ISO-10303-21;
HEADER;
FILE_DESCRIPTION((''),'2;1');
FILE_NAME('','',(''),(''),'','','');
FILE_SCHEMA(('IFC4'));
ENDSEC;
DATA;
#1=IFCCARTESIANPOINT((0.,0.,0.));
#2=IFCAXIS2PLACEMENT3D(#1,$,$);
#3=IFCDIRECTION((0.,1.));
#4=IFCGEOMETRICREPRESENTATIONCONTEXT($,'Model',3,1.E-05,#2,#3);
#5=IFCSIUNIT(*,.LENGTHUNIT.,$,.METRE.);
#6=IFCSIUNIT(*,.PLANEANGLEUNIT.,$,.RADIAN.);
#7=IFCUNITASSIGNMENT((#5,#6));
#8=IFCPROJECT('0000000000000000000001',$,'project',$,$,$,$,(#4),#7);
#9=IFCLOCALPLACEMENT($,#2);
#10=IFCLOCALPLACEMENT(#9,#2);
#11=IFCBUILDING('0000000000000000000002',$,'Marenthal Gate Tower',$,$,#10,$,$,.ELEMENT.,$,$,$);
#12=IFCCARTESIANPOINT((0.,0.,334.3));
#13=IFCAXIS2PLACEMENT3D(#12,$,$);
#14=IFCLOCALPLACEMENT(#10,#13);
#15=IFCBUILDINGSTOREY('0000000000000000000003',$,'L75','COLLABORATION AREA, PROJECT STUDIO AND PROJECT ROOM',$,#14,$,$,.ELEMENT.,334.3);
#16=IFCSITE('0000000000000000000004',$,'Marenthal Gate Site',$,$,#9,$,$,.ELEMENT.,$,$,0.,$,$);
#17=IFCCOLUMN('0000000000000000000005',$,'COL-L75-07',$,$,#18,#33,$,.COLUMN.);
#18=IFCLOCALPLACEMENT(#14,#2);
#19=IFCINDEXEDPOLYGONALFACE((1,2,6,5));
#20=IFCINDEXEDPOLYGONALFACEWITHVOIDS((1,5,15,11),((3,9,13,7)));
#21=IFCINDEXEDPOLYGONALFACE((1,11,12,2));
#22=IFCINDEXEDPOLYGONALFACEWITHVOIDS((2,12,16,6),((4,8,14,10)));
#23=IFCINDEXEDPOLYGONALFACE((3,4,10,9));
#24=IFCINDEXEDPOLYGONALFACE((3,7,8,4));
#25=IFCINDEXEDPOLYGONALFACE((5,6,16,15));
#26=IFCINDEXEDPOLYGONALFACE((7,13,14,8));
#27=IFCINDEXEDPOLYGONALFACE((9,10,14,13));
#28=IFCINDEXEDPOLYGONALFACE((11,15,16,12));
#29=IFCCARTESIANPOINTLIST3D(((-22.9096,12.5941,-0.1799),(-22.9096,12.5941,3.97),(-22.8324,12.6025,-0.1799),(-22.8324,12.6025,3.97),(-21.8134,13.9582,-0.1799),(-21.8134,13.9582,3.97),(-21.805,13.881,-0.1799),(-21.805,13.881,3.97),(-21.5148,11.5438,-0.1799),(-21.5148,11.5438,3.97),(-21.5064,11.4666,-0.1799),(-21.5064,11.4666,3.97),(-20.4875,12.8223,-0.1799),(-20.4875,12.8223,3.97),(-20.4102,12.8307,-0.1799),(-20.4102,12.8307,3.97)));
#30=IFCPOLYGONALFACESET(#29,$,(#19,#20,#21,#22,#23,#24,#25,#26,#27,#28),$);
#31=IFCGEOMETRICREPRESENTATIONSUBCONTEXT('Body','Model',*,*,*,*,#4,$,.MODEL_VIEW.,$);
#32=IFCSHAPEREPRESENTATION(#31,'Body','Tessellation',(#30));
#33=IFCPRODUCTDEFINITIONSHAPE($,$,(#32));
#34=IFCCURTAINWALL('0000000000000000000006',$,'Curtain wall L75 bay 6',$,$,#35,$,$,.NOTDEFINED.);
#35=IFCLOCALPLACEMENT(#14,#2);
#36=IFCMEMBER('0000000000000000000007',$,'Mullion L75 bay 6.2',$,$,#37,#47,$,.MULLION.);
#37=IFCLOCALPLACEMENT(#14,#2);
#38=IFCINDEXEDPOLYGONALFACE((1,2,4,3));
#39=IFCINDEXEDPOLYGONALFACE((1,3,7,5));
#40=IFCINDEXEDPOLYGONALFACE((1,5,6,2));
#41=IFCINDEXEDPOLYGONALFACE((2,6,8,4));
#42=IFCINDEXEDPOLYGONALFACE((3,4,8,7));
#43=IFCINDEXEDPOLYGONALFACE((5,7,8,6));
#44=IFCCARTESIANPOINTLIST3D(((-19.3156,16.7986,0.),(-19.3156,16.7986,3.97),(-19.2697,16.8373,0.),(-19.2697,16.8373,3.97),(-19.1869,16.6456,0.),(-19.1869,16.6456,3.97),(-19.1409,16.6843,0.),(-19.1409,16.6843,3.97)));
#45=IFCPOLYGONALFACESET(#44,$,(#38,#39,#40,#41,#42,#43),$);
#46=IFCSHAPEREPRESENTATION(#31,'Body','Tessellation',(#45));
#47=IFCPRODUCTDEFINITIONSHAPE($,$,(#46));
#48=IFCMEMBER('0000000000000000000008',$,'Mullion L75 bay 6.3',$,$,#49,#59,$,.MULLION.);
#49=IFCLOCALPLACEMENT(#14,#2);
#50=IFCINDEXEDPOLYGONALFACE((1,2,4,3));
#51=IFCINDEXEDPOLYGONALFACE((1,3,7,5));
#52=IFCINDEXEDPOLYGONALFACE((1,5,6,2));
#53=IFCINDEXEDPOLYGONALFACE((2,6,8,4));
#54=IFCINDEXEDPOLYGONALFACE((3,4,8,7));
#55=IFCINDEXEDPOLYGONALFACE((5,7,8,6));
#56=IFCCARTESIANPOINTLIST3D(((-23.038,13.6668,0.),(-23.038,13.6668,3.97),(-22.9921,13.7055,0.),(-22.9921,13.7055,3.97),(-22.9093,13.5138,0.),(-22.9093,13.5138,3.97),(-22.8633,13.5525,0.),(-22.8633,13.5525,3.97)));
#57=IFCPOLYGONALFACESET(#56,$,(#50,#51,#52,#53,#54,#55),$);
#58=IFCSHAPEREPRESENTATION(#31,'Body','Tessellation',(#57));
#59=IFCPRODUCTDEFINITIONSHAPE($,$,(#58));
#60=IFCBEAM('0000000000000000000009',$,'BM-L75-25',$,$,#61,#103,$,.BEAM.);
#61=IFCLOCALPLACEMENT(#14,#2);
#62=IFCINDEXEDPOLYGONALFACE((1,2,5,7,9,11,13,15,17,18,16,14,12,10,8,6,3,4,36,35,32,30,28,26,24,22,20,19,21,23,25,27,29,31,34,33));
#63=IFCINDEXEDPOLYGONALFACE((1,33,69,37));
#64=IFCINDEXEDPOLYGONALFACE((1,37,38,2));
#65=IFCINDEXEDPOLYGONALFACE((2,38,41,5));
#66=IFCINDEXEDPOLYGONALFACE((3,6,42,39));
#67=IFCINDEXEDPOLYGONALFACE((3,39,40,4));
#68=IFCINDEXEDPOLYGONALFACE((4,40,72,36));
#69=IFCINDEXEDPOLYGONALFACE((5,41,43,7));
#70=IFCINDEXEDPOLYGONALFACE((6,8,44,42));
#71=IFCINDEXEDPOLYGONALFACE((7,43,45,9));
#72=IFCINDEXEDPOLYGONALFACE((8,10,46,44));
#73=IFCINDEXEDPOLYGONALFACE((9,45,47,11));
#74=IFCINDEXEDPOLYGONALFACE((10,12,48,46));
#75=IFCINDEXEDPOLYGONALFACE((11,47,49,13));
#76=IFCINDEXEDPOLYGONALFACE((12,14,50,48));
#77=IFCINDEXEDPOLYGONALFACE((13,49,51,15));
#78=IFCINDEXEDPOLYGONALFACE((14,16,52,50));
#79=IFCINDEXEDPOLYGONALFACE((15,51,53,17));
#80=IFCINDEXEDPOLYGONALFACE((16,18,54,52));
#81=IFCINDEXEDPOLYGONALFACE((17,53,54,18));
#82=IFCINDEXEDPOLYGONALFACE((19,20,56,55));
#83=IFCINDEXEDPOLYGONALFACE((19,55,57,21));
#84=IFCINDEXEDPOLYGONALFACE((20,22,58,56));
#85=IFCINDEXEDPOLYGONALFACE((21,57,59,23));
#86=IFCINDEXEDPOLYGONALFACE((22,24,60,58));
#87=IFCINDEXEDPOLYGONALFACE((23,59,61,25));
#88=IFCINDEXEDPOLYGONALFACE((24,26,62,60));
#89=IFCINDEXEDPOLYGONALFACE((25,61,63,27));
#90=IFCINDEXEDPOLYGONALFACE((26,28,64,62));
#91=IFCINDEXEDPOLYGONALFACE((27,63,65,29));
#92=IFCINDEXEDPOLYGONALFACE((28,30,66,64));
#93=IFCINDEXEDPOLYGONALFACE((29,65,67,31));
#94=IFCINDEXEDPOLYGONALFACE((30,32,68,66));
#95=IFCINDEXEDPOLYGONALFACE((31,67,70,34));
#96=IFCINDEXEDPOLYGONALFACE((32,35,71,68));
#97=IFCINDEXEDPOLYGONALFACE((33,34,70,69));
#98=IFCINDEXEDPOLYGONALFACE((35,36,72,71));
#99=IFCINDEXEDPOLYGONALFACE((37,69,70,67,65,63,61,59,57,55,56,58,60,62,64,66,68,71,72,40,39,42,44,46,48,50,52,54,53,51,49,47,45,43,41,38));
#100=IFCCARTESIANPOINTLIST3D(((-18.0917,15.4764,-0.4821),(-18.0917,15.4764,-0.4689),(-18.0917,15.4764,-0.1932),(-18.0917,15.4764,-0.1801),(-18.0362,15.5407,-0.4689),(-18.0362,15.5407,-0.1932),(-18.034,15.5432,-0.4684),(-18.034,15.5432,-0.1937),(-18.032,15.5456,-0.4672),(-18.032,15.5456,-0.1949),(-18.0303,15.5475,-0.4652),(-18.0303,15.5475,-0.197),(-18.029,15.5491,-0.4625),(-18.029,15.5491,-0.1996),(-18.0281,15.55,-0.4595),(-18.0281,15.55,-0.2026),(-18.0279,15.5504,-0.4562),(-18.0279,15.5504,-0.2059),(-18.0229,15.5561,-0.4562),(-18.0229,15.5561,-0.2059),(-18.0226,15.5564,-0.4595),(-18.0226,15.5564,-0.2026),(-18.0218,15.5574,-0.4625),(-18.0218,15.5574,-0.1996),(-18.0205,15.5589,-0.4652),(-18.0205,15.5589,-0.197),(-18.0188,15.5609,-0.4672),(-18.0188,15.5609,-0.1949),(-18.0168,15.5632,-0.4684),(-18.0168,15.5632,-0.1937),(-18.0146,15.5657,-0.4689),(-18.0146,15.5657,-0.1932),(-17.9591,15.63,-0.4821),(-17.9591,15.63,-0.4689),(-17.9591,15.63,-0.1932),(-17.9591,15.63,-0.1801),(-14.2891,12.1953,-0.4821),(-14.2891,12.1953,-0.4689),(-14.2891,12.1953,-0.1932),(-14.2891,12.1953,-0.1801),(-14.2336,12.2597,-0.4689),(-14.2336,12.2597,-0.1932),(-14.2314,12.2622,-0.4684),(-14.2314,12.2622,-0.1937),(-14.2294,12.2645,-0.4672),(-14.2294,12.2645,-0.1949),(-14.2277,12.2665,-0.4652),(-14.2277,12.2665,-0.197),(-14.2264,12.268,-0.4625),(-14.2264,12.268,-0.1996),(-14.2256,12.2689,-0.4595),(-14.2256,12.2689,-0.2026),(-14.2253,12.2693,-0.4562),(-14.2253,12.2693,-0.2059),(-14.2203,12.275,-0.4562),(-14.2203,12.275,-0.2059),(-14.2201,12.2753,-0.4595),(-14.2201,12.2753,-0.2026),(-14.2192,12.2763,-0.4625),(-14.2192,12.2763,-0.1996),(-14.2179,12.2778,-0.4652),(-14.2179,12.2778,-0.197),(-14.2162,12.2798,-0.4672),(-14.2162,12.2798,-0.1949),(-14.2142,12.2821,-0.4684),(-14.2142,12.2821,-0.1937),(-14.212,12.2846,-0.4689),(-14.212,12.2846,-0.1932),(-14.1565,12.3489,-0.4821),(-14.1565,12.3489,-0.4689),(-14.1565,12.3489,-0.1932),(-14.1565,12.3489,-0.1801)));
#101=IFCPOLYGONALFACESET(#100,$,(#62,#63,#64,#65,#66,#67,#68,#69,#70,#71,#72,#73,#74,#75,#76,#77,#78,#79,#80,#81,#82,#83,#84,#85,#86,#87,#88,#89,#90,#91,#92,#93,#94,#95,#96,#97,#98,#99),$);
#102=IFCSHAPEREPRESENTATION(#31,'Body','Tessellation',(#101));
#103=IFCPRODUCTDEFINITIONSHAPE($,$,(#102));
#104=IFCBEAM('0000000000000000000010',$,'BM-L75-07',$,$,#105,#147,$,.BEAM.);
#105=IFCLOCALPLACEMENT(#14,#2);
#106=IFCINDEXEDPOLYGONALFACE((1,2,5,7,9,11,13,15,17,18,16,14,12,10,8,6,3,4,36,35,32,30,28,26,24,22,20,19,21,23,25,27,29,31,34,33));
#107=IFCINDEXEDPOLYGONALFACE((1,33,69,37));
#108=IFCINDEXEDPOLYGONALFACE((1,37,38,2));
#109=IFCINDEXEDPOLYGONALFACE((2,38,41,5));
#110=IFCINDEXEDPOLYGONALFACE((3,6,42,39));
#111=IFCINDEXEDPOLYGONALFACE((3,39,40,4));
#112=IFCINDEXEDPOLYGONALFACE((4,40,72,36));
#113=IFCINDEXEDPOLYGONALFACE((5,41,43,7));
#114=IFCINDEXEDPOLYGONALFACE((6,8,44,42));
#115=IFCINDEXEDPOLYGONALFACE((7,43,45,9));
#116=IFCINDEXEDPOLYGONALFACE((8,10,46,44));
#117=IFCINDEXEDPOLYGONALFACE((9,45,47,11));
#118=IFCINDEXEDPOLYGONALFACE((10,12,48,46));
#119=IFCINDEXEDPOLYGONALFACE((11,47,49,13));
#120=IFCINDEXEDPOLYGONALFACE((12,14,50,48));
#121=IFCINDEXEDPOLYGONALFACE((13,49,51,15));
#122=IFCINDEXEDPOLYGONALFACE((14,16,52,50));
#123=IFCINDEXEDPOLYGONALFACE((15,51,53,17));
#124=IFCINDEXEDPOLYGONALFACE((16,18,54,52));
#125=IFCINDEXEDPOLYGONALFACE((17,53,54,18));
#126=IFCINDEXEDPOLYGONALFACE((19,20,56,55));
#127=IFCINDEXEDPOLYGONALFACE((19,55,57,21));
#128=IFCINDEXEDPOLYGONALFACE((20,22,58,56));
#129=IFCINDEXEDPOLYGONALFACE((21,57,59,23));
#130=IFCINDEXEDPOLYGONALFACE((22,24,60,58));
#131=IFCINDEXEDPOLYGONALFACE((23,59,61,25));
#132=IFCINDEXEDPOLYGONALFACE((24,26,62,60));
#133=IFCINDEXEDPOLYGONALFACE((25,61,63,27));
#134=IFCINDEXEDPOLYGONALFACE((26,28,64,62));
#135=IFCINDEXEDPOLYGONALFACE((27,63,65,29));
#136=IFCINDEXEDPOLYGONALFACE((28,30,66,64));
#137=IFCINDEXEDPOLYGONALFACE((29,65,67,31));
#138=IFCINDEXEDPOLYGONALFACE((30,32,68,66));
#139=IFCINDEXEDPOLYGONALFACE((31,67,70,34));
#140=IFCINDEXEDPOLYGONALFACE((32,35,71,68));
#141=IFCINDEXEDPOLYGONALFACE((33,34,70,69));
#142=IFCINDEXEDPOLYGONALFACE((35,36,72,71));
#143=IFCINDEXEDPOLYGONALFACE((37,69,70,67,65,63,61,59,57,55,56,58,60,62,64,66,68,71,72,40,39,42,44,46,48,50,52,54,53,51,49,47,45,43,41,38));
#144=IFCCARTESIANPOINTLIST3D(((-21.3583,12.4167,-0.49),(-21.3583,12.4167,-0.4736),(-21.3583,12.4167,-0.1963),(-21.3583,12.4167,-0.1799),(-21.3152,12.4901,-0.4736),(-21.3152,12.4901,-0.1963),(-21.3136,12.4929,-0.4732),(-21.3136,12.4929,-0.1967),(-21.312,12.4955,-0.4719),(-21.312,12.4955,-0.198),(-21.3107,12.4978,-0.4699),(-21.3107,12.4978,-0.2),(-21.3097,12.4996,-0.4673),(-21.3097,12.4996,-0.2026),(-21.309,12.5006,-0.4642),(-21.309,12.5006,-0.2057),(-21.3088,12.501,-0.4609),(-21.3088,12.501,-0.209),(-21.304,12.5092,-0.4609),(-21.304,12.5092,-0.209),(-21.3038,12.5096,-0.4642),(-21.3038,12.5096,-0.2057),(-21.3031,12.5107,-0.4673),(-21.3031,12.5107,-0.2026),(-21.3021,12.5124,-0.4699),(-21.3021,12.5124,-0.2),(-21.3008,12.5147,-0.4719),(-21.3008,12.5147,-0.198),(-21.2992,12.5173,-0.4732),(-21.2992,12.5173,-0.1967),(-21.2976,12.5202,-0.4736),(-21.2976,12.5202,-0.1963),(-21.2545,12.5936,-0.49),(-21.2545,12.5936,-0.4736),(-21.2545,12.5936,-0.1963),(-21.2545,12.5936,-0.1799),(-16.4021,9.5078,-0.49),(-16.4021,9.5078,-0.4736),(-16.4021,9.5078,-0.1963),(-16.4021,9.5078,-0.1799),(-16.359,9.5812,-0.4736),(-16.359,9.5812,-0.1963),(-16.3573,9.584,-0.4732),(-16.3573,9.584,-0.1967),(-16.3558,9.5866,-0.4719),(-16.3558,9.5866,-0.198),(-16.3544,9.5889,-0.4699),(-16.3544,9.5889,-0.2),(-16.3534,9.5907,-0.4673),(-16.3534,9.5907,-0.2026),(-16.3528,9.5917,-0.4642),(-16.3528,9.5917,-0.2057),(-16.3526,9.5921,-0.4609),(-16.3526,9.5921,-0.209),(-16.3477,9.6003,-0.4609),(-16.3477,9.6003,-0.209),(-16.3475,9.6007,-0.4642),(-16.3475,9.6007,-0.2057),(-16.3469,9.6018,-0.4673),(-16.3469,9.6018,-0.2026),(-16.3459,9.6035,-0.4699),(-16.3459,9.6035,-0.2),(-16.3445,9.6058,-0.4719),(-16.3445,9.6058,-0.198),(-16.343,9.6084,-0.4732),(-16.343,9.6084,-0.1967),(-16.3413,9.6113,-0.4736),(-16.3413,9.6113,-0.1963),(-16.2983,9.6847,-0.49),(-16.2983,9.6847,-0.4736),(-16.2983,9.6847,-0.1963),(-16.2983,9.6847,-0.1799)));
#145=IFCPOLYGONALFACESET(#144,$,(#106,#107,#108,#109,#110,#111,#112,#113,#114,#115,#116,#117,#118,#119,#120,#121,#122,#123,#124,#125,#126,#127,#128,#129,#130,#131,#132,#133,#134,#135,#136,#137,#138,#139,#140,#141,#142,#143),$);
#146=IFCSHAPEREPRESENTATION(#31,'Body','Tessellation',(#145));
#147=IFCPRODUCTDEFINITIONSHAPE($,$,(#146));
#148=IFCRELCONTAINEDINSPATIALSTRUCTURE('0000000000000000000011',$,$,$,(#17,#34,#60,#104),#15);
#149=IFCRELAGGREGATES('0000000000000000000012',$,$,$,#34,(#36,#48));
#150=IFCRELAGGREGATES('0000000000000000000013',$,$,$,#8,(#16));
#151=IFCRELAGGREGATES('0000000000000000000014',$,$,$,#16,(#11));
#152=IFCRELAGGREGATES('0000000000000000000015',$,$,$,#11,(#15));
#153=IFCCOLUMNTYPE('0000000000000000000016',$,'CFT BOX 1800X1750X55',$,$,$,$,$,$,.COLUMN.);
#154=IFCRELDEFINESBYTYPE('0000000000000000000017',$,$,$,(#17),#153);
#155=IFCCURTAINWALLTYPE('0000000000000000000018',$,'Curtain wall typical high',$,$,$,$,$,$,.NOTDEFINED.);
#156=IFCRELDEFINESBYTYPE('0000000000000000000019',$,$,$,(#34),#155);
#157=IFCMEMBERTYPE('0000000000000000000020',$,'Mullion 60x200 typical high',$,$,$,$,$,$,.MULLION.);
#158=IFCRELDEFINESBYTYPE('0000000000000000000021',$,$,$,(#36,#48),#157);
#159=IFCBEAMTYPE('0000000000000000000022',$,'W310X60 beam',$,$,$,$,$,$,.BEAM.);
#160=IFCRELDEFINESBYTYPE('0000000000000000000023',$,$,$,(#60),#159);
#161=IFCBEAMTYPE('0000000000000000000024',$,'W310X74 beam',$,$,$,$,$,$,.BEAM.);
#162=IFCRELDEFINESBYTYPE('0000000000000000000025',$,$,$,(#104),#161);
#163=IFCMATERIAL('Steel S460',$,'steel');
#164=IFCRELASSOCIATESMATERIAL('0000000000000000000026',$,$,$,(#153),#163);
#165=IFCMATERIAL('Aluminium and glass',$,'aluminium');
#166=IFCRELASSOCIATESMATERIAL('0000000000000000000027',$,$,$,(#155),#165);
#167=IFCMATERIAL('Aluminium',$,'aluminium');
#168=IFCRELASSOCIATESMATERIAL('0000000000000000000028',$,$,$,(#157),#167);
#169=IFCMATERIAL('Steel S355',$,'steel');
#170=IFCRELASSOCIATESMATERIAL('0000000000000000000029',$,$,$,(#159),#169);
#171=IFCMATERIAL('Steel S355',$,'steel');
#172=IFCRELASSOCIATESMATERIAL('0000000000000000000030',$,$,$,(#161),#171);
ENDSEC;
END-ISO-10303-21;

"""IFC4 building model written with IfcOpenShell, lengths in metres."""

from ifc_helpers import new_model, si_unit, direction, frame, origin, origin_2d, place, context, subcontext, project, spatial, rectangle, hollow_rectangle, i_section, extrude, material, material_profile, profile_set, type_object, element, aggregate, save


model = new_model("IFC4")

# Units and contexts
model_context = context("Model", 3, precision=1e-05, world=origin(), true_north=direction((0.0, 1.0)))
body_context = subcontext(model_context, "Body", "Model", "MODEL_VIEW")
ifc_project = project(units=[si_unit("LENGTHUNIT", "METRE"), si_unit("PLANEANGLEUNIT", "RADIAN")], contexts=[model_context])

# Site, building, storey
site_placement = place(None, origin())
site = spatial("IfcSite", under=ifc_project, at=site_placement, Name="Marenthal Gate Site", CompositionType="ELEMENT", RefElevation=0.0)
building_placement = place(site_placement, origin())
building = spatial("IfcBuilding", under=site, at=building_placement, Name="Marenthal Gate Tower", CompositionType="ELEMENT")
storey_placement = place(building_placement, frame((0.0, 0.0, 334.3)))
storey = spatial("IfcBuildingStorey", under=building, at=storey_placement, Name="L75", Description="COLLABORATION AREA, PROJECT STUDIO AND PROJECT ROOM", CompositionType="ELEMENT", Elevation=334.3)

# Column
ifc_material_1 = material(Name="Steel S460", Category="steel")
ifc_material_profile_1 = material_profile(ifc_material_1, hollow_rectangle(XDim=1.75, YDim=1.8, WallThickness=0.0549, at=origin_2d()), Name="CFT BOX 1800X1750X55")
ifc_material_2 = material(Name="Concrete 70 MPa", Category="concrete")
ifc_material_profile_2 = material_profile(ifc_material_2, rectangle(XDim=1.6399, YDim=1.6899, at=origin_2d()), Name="CFT BOX 1800X1750X55 INFILL")
ifc_profile_set_1 = profile_set([ifc_material_profile_1, ifc_material_profile_2], Name="Steel S460 shell, Concrete 70 MPa infill")
column_type = type_object("IfcColumnType", Name="CFT BOX 1800X1750X55", PredefinedType="COLUMN", material=ifc_profile_set_1)
column_placement = place(storey_placement, frame((-21.6599, 12.7124, -0.1799), z_axis=(0.0, 0.0, 1.0), x_axis=(0.626371, 0.779525, 0.0)))
element("IfcColumn", 1, at=column_placement, inside=storey, type_object=column_type, Name="COL-L75-07", PredefinedType="COLUMN", context=body_context, shape_type="SweptSolid", body=[
    extrude(hollow_rectangle(XDim=1.75, YDim=1.8, WallThickness=0.0549, at=origin_2d()), origin(), (0.0, 0.0, 1.0), 4.1499),
])

# Curtain wall, members
ifc_material_3 = material(Name="Aluminium and glass", Category="aluminium")
curtain_wall_type = type_object("IfcCurtainWallType", Name="Curtain wall typical high", PredefinedType="NOTDEFINED", material=ifc_material_3)
curtain_wall_placement = place(storey_placement, origin())
curtain_wall = element("IfcCurtainWall", 2, at=curtain_wall_placement, inside=storey, type_object=curtain_wall_type, Name="Curtain wall L75 bay 6", PredefinedType="NOTDEFINED")
ifc_material_4 = material(Name="Aluminium", Category="aluminium")
ifc_material_profile_3 = material_profile(ifc_material_4, rectangle(XDim=0.2, YDim=0.0601, at=origin_2d()), Name="60x200 aluminium mullion")
ifc_profile_set_2 = profile_set([ifc_material_profile_3], Name="Aluminium")
member_type = type_object("IfcMemberType", Name="Mullion 60x200 typical high", PredefinedType="MULLION", material=ifc_profile_set_2)
member_1_placement = place(storey_placement, frame((-19.2283, 16.7415, 0.0), z_axis=(0.0, 0.0, 1.0), x_axis=(0.643801, -0.765193, 0.0)))
member_1 = element("IfcMember", 3, at=member_1_placement, type_object=member_type, Name="Mullion L75 bay 6.2", PredefinedType="MULLION", context=body_context, shape_type="SweptSolid", body=[
    extrude(rectangle(XDim=0.2, YDim=0.0601, at=origin_2d()), origin(), (0.0, 0.0, 1.0), 3.97),
])
member_2_placement = place(storey_placement, frame((-22.9507, 13.6096, 0.0), z_axis=(0.0, 0.0, 1.0), x_axis=(0.643801, -0.765193, 0.0)))
member_2 = element("IfcMember", 4, at=member_2_placement, type_object=member_type, Name="Mullion L75 bay 6.3", PredefinedType="MULLION", context=body_context, shape_type="SweptSolid", body=[
    extrude(rectangle(XDim=0.2, YDim=0.0601, at=origin_2d()), origin(), (0.0, 0.0, 1.0), 3.97),
])

# Beams
ifc_material_5 = material(Name="Steel S355", Category="steel")
ifc_material_profile_4 = material_profile(ifc_material_5, i_section(OverallWidth=0.2029, OverallDepth=0.302, WebThickness=0.0076, FlangeThickness=0.0132, FilletRadius=0.0127, at=origin_2d()), Name="W310X60")
ifc_profile_set_3 = profile_set([ifc_material_profile_4], Name="Steel S355")
beam_type_1 = type_object("IfcBeamType", Name="W310X60 beam", PredefinedType="BEAM", material=ifc_profile_set_3)
beam_1_placement = place(storey_placement, frame((-18.0254, 15.5532, -0.3311), z_axis=(0.757115, -0.653282, 0.0), x_axis=(0.653282, 0.757115, 0.0)))
element("IfcBeam", 5, at=beam_1_placement, inside=storey, type_object=beam_type_1, Name="BM-L75-25", PredefinedType="BEAM", context=body_context, shape_type="SweptSolid", body=[
    extrude(i_section(OverallWidth=0.2029, OverallDepth=0.302, WebThickness=0.0076, FlangeThickness=0.0132, FilletRadius=0.0127, at=origin_2d()), origin(), (0.0, 0.0, 1.0), 5.0225),
])
ifc_material_6 = material(Name="Steel S355", Category="steel")
ifc_material_profile_5 = material_profile(ifc_material_6, i_section(OverallWidth=0.2051, OverallDepth=0.3101, WebThickness=0.0095, FlangeThickness=0.0164, FilletRadius=0.0127, at=origin_2d()), Name="W310X74")
ifc_profile_set_4 = profile_set([ifc_material_profile_5], Name="Steel S355")
beam_type_2 = type_object("IfcBeamType", Name="W310X74 beam", PredefinedType="BEAM", material=ifc_profile_set_4)
beam_2_placement = place(storey_placement, frame((-21.3064, 12.5051, -0.335), z_axis=(0.862431, -0.506175, 0.0), x_axis=(0.506175, 0.862431, 0.0)))
element("IfcBeam", 6, at=beam_2_placement, inside=storey, type_object=beam_type_2, Name="BM-L75-07", PredefinedType="BEAM", context=body_context, shape_type="SweptSolid", body=[
    extrude(i_section(OverallWidth=0.2051, OverallDepth=0.3101, WebThickness=0.0095, FlangeThickness=0.0164, FilletRadius=0.0127, at=origin_2d()), origin(), (0.0, 0.0, 1.0), 5.7468),
])

aggregate(curtain_wall, [member_1, member_2])

save(model, "model.ifc")
